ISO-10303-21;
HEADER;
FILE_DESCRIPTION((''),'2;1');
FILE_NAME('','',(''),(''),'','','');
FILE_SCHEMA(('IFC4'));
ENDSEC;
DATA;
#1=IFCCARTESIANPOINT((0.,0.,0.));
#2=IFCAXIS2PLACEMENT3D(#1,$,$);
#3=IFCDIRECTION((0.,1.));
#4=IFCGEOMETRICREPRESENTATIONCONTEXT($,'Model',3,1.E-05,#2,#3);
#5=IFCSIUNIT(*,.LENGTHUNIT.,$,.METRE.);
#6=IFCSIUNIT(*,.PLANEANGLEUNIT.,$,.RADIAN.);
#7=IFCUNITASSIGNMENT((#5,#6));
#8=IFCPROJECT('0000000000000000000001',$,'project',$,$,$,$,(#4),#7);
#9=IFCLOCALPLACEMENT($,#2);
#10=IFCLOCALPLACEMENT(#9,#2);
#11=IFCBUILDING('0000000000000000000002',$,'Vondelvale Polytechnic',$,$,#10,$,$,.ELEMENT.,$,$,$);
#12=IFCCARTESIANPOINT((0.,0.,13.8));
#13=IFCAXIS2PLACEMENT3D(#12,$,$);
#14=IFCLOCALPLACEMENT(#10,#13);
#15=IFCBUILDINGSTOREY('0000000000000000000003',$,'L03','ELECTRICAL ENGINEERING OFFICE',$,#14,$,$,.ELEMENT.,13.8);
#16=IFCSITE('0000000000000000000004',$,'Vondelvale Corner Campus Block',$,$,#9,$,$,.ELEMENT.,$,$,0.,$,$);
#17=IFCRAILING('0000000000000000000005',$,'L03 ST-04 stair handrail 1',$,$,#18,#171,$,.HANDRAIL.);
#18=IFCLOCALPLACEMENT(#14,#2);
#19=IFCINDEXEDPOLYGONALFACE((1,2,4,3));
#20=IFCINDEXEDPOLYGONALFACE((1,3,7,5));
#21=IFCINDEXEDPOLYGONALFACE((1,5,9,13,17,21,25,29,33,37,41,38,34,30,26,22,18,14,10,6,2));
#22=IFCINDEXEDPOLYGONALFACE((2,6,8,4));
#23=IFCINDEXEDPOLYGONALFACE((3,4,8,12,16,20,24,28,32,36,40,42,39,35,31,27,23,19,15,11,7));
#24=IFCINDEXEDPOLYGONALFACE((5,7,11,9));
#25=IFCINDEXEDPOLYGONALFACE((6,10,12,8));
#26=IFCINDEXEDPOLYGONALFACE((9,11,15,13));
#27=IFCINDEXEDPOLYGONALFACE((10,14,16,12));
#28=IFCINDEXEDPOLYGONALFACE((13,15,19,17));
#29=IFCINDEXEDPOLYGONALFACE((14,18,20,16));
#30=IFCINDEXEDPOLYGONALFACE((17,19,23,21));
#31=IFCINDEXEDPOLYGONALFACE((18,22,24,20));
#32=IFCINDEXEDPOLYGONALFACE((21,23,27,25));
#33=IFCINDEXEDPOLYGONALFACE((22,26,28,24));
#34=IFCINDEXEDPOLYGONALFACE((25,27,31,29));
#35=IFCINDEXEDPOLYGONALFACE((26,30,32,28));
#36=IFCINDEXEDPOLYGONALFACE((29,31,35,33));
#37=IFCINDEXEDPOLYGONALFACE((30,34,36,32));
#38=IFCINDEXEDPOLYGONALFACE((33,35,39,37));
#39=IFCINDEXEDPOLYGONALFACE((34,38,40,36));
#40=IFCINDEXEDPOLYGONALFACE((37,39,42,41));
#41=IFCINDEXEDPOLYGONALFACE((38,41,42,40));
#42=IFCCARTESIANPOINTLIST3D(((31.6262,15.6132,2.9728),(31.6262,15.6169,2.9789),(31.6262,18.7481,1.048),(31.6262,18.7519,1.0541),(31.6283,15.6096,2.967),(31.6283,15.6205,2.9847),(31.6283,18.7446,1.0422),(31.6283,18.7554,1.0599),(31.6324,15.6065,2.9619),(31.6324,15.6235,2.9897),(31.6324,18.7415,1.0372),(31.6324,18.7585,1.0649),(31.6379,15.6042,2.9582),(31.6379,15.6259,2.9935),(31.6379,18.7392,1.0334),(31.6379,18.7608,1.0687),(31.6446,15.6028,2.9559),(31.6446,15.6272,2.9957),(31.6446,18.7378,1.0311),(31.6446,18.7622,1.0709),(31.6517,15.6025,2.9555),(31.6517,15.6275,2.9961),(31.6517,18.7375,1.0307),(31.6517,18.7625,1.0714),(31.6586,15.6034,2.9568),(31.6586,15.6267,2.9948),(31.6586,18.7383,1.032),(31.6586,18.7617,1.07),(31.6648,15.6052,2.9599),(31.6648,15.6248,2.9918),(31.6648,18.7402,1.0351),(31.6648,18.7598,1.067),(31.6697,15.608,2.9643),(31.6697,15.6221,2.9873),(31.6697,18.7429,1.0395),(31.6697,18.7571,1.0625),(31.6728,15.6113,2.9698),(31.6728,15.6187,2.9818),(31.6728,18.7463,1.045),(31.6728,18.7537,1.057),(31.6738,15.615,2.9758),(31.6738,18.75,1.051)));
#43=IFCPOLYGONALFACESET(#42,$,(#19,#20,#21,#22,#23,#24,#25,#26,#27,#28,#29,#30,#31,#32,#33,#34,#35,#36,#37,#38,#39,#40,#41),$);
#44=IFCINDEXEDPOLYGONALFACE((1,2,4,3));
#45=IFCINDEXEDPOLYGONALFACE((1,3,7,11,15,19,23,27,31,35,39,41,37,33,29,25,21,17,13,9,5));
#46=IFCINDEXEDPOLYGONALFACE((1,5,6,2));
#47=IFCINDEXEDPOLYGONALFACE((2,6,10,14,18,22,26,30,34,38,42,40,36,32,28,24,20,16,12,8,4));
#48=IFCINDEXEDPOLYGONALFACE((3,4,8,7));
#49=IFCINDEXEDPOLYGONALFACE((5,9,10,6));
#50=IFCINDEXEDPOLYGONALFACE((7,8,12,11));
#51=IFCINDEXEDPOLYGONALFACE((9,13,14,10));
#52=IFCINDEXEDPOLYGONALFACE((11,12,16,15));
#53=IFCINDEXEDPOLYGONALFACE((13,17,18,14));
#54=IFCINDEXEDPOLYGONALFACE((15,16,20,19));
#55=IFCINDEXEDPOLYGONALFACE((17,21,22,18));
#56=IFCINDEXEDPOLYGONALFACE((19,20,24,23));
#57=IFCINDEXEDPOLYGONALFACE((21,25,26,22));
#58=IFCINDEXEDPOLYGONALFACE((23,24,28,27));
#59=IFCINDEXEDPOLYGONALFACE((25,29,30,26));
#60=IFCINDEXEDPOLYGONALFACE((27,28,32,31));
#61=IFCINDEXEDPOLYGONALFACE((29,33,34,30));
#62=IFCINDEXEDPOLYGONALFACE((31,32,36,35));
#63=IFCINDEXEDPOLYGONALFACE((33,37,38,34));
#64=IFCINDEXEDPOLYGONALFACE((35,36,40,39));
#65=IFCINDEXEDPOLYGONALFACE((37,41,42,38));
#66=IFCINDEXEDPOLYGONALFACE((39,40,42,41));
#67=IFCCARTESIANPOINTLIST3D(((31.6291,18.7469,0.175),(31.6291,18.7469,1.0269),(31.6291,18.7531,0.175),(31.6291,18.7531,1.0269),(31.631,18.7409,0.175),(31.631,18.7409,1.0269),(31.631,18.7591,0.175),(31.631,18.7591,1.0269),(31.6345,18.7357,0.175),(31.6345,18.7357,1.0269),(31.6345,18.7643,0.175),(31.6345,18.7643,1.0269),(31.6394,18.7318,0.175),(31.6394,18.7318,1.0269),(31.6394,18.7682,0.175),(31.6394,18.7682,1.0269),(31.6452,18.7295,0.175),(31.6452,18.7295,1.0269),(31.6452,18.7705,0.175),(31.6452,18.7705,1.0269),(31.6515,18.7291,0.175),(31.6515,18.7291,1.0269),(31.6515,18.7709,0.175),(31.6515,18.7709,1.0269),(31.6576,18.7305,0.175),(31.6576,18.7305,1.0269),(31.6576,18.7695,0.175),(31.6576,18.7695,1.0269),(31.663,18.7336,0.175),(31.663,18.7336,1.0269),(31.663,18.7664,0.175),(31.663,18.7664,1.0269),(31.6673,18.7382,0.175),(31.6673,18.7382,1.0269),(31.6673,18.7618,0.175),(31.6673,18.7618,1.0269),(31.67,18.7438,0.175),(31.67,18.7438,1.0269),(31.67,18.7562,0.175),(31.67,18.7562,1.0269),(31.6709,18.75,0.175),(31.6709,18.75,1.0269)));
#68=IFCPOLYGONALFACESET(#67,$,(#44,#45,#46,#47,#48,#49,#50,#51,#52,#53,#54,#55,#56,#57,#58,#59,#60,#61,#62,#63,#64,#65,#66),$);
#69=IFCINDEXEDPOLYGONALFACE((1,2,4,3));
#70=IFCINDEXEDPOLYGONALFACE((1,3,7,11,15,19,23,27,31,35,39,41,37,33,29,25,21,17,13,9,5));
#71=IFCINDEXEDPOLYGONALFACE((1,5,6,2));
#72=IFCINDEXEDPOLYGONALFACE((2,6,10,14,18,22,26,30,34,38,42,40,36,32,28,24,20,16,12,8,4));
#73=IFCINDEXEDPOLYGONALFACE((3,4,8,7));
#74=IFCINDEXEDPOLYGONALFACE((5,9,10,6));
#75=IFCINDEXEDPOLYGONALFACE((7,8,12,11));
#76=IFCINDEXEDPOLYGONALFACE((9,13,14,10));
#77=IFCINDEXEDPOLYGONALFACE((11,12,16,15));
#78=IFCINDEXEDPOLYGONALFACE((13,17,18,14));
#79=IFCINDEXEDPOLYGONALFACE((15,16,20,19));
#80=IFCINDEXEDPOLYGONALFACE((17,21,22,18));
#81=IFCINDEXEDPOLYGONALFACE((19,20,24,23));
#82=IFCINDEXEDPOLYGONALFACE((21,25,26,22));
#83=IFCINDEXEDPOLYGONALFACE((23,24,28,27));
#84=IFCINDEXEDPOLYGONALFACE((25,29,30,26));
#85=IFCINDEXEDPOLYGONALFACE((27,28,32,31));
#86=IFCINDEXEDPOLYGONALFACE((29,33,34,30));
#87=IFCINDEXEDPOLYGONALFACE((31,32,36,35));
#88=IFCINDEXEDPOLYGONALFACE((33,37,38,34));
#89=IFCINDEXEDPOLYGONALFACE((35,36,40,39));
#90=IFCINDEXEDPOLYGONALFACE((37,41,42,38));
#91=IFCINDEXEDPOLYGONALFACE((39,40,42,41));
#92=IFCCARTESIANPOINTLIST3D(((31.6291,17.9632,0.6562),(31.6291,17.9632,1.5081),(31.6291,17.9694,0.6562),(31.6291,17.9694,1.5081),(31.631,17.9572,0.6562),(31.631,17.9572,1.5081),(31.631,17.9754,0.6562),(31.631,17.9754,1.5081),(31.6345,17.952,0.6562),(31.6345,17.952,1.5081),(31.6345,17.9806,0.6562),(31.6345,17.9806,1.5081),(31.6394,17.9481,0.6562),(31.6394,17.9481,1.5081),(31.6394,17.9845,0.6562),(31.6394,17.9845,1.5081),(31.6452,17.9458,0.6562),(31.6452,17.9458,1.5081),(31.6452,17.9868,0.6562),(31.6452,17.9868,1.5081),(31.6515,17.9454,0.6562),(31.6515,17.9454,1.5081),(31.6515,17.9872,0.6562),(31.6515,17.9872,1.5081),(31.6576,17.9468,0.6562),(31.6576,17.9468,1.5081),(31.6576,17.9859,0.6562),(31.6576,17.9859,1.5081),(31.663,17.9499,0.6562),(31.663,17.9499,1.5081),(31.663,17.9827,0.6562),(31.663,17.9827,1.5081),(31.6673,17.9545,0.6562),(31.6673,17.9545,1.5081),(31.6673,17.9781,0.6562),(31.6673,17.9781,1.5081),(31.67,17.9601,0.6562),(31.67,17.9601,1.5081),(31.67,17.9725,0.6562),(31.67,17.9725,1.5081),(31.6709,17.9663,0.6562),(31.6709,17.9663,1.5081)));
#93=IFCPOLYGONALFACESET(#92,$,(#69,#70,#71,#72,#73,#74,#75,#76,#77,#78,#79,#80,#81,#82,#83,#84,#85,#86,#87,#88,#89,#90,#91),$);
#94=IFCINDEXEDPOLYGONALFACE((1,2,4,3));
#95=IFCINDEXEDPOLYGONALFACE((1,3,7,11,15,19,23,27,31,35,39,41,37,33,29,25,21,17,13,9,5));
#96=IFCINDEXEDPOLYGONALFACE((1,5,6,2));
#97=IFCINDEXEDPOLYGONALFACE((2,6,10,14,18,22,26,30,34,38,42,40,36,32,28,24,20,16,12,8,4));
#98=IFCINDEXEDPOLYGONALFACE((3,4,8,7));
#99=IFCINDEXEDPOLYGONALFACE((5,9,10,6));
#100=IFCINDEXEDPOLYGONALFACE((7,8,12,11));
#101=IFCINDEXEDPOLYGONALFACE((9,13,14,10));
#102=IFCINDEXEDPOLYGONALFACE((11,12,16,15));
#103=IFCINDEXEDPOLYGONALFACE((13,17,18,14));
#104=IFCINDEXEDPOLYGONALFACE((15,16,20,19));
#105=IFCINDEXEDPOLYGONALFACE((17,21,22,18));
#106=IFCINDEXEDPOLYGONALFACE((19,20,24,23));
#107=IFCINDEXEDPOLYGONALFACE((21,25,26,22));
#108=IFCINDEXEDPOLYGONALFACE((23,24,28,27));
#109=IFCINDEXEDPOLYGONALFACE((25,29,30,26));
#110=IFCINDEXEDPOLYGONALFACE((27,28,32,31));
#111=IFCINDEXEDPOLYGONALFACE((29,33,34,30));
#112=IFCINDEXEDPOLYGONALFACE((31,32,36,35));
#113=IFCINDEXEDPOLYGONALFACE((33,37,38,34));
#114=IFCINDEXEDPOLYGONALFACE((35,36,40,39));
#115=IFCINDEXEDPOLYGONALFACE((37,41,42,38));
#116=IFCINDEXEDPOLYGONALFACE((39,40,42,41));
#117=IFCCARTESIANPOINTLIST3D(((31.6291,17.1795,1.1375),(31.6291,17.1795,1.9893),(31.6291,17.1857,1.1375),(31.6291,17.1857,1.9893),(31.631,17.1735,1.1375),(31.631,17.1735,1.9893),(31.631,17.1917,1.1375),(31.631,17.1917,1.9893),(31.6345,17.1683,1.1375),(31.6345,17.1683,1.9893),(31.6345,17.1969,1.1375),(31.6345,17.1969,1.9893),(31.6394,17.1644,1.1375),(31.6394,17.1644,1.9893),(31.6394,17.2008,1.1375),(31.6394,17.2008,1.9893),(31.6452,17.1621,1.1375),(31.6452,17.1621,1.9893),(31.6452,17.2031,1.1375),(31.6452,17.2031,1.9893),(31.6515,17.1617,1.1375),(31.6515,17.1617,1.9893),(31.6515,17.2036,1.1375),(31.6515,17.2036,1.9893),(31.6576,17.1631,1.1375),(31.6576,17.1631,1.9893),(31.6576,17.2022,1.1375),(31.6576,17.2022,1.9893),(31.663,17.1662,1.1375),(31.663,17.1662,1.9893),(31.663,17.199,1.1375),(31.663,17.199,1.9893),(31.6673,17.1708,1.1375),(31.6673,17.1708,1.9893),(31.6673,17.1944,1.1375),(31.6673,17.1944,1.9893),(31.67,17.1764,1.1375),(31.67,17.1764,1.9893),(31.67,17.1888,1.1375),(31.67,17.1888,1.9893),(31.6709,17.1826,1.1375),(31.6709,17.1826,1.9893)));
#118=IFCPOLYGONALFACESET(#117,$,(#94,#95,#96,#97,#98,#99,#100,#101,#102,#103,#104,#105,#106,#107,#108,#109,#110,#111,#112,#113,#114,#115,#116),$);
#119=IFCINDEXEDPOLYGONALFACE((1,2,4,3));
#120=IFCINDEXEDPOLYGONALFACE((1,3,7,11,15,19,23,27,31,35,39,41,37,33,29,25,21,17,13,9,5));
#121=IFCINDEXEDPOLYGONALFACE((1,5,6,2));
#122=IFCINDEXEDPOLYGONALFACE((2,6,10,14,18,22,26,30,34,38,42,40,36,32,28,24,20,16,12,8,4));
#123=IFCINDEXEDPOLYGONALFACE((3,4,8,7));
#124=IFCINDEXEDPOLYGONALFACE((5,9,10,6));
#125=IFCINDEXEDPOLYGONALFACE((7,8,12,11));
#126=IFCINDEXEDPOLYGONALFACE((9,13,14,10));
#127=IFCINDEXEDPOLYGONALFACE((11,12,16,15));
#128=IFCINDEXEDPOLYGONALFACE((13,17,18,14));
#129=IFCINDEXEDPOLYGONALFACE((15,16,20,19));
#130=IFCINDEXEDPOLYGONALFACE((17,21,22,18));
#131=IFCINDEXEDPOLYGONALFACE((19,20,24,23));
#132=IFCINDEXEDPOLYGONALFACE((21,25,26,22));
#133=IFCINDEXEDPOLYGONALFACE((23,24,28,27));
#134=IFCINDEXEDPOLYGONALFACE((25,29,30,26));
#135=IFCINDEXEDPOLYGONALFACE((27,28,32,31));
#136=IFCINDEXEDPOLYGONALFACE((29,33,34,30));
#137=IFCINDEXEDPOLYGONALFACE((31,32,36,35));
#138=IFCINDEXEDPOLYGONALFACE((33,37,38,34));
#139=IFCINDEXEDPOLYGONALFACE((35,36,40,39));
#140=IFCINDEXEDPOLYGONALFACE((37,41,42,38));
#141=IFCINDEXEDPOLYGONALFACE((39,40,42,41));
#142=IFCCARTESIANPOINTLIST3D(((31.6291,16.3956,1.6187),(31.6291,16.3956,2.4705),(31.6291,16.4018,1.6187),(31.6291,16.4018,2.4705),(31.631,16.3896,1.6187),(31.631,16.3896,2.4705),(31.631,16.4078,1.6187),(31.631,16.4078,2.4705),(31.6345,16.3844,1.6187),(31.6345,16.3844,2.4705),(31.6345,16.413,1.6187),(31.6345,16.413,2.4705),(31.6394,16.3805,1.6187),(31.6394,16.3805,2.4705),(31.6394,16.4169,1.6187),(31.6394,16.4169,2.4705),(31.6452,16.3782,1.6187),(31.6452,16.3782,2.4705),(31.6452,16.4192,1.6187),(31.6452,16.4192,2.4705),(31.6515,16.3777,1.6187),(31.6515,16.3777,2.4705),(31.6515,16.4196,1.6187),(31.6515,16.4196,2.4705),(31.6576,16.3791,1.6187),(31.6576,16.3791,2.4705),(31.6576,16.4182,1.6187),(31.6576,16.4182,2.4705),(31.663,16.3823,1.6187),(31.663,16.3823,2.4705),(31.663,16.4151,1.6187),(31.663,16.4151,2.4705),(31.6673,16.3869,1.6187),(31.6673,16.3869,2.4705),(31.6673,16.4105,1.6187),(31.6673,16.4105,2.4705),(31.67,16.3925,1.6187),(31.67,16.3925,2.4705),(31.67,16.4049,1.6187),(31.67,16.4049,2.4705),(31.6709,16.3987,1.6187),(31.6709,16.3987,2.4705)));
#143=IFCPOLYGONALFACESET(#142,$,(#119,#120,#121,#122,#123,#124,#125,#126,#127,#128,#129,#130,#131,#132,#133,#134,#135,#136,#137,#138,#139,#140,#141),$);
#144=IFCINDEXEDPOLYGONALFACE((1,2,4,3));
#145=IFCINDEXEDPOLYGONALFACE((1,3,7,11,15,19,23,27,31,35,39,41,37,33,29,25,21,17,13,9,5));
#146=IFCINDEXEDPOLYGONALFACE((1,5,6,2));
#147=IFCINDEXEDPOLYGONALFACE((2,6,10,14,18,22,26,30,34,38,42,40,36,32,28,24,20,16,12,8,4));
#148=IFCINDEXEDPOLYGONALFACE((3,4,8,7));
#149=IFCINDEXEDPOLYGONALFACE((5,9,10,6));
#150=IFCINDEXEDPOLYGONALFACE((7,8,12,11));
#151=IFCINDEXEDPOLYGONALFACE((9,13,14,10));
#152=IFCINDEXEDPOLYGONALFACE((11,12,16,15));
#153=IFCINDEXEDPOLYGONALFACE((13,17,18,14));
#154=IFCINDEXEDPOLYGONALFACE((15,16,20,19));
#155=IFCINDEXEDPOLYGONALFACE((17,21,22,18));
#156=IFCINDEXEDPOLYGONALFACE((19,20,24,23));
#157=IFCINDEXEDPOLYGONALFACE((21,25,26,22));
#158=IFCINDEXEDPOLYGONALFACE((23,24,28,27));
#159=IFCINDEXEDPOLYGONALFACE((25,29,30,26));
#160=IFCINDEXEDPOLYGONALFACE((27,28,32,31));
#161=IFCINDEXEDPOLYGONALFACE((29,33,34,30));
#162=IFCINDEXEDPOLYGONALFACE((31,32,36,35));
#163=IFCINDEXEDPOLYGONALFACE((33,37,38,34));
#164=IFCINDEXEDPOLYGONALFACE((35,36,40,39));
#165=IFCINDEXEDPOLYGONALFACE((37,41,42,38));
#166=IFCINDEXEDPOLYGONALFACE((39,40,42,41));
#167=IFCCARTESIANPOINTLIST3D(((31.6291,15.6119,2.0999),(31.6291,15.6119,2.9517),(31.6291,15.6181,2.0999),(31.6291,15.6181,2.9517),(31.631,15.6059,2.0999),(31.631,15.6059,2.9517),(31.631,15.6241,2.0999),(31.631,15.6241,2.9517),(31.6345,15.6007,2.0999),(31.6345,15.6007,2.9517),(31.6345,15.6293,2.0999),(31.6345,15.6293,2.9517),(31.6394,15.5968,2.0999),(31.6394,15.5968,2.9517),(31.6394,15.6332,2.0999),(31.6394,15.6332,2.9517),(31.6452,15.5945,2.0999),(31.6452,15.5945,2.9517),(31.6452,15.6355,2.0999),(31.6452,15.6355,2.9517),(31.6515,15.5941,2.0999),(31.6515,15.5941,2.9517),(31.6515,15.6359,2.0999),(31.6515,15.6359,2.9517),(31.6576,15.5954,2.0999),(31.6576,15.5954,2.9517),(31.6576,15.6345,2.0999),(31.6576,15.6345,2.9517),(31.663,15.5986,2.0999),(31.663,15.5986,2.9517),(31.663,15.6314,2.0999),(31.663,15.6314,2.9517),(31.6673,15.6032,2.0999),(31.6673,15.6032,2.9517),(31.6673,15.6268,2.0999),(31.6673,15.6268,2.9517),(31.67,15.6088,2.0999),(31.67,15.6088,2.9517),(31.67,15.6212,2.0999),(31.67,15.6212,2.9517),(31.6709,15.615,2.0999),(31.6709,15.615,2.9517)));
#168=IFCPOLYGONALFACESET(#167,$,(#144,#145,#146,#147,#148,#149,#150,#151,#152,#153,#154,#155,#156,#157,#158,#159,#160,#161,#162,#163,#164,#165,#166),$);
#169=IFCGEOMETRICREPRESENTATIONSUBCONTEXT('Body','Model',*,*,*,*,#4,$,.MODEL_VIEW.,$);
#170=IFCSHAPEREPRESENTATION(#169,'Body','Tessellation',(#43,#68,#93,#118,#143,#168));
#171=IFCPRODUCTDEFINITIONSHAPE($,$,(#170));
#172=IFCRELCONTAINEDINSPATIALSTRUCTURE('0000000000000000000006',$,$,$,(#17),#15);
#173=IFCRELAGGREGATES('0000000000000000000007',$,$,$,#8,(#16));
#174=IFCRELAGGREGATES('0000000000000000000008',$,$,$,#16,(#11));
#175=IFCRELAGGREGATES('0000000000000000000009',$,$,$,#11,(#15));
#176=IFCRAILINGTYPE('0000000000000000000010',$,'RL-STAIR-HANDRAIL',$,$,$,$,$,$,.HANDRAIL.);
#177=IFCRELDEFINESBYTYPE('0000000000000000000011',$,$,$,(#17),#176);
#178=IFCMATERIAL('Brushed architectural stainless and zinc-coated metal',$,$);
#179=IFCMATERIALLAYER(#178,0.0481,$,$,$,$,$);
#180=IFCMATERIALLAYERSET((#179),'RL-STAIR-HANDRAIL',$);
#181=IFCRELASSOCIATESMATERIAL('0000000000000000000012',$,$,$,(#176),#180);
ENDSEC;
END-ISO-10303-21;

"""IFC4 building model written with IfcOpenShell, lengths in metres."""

from ifc_helpers import new_model, si_unit, direction, frame, origin, origin_2d, place, context, subcontext, project, spatial, circle, extrude, material, layer, layer_set, type_object, element, save


model = new_model("IFC4")

# Units and contexts
model_context = context("Model", 3, precision=1e-05, world=origin(), true_north=direction((0.0, 1.0)))
body_context = subcontext(model_context, "Body", "Model", "MODEL_VIEW")
ifc_project = project(units=[si_unit("LENGTHUNIT", "METRE"), si_unit("PLANEANGLEUNIT", "RADIAN")], contexts=[model_context])

# Site, building, storey
site_placement = place(None, origin())
site = spatial("IfcSite", under=ifc_project, at=site_placement, Name="Vondelvale Corner Campus Block", CompositionType="ELEMENT", RefElevation=0.0)
building_placement = place(site_placement, origin())
building = spatial("IfcBuilding", under=site, at=building_placement, Name="Vondelvale Polytechnic", CompositionType="ELEMENT")
storey_placement = place(building_placement, frame((0.0, 0.0, 13.8)))
storey = spatial("IfcBuildingStorey", under=building, at=storey_placement, Name="L03", Description="ELECTRICAL ENGINEERING OFFICE", CompositionType="ELEMENT", Elevation=13.8)

# Railing
ifc_material_1 = material(Name="Brushed architectural stainless and zinc-coated metal")
ifc_layer_1 = layer(ifc_material_1, 0.0481)
ifc_layer_set_1 = layer_set([ifc_layer_1], Name="RL-STAIR-HANDRAIL")
railing_type_1 = type_object("IfcRailingType", Name="RL-STAIR-HANDRAIL", PredefinedType="HANDRAIL", material=ifc_layer_set_1)
railing_1_placement = place(storey_placement, frame((31.6499, 18.75, 0.175)))
element("IfcRailing", 1, at=railing_1_placement, inside=storey, type_object=railing_type_1, Name="L03 ST-04 stair handrail 1", PredefinedType="HANDRAIL", context=body_context, shape_type="SweptSolid", body=[
    extrude(circle(Radius=0.0239, at=origin_2d()), frame((0.0, 0.0, 0.876), z_axis=(0.0, -0.852196, 0.523223), x_axis=(1.0, 0.0, 0.0)), (0.0, 0.0, 1.0), 3.6787),
    extrude(circle(Radius=0.021, at=origin_2d()), origin(), (0.0, 0.0, 1.0), 0.8518),
    extrude(circle(Radius=0.021, at=origin_2d()), frame((0.0, -0.7837, 0.4812)), (0.0, 0.0, 1.0), 0.8518),
    extrude(circle(Radius=0.021, at=origin_2d()), frame((0.0, -1.5674, 0.9624)), (0.0, 0.0, 1.0), 0.8518),
    extrude(circle(Radius=0.021, at=origin_2d()), frame((0.0, -2.3513, 1.4436)), (0.0, 0.0, 1.0), 0.8518),
    extrude(circle(Radius=0.021, at=origin_2d()), frame((0.0, -3.135, 1.9248)), (0.0, 0.0, 1.0), 0.8518),
])

save(model, "model.ifc")
